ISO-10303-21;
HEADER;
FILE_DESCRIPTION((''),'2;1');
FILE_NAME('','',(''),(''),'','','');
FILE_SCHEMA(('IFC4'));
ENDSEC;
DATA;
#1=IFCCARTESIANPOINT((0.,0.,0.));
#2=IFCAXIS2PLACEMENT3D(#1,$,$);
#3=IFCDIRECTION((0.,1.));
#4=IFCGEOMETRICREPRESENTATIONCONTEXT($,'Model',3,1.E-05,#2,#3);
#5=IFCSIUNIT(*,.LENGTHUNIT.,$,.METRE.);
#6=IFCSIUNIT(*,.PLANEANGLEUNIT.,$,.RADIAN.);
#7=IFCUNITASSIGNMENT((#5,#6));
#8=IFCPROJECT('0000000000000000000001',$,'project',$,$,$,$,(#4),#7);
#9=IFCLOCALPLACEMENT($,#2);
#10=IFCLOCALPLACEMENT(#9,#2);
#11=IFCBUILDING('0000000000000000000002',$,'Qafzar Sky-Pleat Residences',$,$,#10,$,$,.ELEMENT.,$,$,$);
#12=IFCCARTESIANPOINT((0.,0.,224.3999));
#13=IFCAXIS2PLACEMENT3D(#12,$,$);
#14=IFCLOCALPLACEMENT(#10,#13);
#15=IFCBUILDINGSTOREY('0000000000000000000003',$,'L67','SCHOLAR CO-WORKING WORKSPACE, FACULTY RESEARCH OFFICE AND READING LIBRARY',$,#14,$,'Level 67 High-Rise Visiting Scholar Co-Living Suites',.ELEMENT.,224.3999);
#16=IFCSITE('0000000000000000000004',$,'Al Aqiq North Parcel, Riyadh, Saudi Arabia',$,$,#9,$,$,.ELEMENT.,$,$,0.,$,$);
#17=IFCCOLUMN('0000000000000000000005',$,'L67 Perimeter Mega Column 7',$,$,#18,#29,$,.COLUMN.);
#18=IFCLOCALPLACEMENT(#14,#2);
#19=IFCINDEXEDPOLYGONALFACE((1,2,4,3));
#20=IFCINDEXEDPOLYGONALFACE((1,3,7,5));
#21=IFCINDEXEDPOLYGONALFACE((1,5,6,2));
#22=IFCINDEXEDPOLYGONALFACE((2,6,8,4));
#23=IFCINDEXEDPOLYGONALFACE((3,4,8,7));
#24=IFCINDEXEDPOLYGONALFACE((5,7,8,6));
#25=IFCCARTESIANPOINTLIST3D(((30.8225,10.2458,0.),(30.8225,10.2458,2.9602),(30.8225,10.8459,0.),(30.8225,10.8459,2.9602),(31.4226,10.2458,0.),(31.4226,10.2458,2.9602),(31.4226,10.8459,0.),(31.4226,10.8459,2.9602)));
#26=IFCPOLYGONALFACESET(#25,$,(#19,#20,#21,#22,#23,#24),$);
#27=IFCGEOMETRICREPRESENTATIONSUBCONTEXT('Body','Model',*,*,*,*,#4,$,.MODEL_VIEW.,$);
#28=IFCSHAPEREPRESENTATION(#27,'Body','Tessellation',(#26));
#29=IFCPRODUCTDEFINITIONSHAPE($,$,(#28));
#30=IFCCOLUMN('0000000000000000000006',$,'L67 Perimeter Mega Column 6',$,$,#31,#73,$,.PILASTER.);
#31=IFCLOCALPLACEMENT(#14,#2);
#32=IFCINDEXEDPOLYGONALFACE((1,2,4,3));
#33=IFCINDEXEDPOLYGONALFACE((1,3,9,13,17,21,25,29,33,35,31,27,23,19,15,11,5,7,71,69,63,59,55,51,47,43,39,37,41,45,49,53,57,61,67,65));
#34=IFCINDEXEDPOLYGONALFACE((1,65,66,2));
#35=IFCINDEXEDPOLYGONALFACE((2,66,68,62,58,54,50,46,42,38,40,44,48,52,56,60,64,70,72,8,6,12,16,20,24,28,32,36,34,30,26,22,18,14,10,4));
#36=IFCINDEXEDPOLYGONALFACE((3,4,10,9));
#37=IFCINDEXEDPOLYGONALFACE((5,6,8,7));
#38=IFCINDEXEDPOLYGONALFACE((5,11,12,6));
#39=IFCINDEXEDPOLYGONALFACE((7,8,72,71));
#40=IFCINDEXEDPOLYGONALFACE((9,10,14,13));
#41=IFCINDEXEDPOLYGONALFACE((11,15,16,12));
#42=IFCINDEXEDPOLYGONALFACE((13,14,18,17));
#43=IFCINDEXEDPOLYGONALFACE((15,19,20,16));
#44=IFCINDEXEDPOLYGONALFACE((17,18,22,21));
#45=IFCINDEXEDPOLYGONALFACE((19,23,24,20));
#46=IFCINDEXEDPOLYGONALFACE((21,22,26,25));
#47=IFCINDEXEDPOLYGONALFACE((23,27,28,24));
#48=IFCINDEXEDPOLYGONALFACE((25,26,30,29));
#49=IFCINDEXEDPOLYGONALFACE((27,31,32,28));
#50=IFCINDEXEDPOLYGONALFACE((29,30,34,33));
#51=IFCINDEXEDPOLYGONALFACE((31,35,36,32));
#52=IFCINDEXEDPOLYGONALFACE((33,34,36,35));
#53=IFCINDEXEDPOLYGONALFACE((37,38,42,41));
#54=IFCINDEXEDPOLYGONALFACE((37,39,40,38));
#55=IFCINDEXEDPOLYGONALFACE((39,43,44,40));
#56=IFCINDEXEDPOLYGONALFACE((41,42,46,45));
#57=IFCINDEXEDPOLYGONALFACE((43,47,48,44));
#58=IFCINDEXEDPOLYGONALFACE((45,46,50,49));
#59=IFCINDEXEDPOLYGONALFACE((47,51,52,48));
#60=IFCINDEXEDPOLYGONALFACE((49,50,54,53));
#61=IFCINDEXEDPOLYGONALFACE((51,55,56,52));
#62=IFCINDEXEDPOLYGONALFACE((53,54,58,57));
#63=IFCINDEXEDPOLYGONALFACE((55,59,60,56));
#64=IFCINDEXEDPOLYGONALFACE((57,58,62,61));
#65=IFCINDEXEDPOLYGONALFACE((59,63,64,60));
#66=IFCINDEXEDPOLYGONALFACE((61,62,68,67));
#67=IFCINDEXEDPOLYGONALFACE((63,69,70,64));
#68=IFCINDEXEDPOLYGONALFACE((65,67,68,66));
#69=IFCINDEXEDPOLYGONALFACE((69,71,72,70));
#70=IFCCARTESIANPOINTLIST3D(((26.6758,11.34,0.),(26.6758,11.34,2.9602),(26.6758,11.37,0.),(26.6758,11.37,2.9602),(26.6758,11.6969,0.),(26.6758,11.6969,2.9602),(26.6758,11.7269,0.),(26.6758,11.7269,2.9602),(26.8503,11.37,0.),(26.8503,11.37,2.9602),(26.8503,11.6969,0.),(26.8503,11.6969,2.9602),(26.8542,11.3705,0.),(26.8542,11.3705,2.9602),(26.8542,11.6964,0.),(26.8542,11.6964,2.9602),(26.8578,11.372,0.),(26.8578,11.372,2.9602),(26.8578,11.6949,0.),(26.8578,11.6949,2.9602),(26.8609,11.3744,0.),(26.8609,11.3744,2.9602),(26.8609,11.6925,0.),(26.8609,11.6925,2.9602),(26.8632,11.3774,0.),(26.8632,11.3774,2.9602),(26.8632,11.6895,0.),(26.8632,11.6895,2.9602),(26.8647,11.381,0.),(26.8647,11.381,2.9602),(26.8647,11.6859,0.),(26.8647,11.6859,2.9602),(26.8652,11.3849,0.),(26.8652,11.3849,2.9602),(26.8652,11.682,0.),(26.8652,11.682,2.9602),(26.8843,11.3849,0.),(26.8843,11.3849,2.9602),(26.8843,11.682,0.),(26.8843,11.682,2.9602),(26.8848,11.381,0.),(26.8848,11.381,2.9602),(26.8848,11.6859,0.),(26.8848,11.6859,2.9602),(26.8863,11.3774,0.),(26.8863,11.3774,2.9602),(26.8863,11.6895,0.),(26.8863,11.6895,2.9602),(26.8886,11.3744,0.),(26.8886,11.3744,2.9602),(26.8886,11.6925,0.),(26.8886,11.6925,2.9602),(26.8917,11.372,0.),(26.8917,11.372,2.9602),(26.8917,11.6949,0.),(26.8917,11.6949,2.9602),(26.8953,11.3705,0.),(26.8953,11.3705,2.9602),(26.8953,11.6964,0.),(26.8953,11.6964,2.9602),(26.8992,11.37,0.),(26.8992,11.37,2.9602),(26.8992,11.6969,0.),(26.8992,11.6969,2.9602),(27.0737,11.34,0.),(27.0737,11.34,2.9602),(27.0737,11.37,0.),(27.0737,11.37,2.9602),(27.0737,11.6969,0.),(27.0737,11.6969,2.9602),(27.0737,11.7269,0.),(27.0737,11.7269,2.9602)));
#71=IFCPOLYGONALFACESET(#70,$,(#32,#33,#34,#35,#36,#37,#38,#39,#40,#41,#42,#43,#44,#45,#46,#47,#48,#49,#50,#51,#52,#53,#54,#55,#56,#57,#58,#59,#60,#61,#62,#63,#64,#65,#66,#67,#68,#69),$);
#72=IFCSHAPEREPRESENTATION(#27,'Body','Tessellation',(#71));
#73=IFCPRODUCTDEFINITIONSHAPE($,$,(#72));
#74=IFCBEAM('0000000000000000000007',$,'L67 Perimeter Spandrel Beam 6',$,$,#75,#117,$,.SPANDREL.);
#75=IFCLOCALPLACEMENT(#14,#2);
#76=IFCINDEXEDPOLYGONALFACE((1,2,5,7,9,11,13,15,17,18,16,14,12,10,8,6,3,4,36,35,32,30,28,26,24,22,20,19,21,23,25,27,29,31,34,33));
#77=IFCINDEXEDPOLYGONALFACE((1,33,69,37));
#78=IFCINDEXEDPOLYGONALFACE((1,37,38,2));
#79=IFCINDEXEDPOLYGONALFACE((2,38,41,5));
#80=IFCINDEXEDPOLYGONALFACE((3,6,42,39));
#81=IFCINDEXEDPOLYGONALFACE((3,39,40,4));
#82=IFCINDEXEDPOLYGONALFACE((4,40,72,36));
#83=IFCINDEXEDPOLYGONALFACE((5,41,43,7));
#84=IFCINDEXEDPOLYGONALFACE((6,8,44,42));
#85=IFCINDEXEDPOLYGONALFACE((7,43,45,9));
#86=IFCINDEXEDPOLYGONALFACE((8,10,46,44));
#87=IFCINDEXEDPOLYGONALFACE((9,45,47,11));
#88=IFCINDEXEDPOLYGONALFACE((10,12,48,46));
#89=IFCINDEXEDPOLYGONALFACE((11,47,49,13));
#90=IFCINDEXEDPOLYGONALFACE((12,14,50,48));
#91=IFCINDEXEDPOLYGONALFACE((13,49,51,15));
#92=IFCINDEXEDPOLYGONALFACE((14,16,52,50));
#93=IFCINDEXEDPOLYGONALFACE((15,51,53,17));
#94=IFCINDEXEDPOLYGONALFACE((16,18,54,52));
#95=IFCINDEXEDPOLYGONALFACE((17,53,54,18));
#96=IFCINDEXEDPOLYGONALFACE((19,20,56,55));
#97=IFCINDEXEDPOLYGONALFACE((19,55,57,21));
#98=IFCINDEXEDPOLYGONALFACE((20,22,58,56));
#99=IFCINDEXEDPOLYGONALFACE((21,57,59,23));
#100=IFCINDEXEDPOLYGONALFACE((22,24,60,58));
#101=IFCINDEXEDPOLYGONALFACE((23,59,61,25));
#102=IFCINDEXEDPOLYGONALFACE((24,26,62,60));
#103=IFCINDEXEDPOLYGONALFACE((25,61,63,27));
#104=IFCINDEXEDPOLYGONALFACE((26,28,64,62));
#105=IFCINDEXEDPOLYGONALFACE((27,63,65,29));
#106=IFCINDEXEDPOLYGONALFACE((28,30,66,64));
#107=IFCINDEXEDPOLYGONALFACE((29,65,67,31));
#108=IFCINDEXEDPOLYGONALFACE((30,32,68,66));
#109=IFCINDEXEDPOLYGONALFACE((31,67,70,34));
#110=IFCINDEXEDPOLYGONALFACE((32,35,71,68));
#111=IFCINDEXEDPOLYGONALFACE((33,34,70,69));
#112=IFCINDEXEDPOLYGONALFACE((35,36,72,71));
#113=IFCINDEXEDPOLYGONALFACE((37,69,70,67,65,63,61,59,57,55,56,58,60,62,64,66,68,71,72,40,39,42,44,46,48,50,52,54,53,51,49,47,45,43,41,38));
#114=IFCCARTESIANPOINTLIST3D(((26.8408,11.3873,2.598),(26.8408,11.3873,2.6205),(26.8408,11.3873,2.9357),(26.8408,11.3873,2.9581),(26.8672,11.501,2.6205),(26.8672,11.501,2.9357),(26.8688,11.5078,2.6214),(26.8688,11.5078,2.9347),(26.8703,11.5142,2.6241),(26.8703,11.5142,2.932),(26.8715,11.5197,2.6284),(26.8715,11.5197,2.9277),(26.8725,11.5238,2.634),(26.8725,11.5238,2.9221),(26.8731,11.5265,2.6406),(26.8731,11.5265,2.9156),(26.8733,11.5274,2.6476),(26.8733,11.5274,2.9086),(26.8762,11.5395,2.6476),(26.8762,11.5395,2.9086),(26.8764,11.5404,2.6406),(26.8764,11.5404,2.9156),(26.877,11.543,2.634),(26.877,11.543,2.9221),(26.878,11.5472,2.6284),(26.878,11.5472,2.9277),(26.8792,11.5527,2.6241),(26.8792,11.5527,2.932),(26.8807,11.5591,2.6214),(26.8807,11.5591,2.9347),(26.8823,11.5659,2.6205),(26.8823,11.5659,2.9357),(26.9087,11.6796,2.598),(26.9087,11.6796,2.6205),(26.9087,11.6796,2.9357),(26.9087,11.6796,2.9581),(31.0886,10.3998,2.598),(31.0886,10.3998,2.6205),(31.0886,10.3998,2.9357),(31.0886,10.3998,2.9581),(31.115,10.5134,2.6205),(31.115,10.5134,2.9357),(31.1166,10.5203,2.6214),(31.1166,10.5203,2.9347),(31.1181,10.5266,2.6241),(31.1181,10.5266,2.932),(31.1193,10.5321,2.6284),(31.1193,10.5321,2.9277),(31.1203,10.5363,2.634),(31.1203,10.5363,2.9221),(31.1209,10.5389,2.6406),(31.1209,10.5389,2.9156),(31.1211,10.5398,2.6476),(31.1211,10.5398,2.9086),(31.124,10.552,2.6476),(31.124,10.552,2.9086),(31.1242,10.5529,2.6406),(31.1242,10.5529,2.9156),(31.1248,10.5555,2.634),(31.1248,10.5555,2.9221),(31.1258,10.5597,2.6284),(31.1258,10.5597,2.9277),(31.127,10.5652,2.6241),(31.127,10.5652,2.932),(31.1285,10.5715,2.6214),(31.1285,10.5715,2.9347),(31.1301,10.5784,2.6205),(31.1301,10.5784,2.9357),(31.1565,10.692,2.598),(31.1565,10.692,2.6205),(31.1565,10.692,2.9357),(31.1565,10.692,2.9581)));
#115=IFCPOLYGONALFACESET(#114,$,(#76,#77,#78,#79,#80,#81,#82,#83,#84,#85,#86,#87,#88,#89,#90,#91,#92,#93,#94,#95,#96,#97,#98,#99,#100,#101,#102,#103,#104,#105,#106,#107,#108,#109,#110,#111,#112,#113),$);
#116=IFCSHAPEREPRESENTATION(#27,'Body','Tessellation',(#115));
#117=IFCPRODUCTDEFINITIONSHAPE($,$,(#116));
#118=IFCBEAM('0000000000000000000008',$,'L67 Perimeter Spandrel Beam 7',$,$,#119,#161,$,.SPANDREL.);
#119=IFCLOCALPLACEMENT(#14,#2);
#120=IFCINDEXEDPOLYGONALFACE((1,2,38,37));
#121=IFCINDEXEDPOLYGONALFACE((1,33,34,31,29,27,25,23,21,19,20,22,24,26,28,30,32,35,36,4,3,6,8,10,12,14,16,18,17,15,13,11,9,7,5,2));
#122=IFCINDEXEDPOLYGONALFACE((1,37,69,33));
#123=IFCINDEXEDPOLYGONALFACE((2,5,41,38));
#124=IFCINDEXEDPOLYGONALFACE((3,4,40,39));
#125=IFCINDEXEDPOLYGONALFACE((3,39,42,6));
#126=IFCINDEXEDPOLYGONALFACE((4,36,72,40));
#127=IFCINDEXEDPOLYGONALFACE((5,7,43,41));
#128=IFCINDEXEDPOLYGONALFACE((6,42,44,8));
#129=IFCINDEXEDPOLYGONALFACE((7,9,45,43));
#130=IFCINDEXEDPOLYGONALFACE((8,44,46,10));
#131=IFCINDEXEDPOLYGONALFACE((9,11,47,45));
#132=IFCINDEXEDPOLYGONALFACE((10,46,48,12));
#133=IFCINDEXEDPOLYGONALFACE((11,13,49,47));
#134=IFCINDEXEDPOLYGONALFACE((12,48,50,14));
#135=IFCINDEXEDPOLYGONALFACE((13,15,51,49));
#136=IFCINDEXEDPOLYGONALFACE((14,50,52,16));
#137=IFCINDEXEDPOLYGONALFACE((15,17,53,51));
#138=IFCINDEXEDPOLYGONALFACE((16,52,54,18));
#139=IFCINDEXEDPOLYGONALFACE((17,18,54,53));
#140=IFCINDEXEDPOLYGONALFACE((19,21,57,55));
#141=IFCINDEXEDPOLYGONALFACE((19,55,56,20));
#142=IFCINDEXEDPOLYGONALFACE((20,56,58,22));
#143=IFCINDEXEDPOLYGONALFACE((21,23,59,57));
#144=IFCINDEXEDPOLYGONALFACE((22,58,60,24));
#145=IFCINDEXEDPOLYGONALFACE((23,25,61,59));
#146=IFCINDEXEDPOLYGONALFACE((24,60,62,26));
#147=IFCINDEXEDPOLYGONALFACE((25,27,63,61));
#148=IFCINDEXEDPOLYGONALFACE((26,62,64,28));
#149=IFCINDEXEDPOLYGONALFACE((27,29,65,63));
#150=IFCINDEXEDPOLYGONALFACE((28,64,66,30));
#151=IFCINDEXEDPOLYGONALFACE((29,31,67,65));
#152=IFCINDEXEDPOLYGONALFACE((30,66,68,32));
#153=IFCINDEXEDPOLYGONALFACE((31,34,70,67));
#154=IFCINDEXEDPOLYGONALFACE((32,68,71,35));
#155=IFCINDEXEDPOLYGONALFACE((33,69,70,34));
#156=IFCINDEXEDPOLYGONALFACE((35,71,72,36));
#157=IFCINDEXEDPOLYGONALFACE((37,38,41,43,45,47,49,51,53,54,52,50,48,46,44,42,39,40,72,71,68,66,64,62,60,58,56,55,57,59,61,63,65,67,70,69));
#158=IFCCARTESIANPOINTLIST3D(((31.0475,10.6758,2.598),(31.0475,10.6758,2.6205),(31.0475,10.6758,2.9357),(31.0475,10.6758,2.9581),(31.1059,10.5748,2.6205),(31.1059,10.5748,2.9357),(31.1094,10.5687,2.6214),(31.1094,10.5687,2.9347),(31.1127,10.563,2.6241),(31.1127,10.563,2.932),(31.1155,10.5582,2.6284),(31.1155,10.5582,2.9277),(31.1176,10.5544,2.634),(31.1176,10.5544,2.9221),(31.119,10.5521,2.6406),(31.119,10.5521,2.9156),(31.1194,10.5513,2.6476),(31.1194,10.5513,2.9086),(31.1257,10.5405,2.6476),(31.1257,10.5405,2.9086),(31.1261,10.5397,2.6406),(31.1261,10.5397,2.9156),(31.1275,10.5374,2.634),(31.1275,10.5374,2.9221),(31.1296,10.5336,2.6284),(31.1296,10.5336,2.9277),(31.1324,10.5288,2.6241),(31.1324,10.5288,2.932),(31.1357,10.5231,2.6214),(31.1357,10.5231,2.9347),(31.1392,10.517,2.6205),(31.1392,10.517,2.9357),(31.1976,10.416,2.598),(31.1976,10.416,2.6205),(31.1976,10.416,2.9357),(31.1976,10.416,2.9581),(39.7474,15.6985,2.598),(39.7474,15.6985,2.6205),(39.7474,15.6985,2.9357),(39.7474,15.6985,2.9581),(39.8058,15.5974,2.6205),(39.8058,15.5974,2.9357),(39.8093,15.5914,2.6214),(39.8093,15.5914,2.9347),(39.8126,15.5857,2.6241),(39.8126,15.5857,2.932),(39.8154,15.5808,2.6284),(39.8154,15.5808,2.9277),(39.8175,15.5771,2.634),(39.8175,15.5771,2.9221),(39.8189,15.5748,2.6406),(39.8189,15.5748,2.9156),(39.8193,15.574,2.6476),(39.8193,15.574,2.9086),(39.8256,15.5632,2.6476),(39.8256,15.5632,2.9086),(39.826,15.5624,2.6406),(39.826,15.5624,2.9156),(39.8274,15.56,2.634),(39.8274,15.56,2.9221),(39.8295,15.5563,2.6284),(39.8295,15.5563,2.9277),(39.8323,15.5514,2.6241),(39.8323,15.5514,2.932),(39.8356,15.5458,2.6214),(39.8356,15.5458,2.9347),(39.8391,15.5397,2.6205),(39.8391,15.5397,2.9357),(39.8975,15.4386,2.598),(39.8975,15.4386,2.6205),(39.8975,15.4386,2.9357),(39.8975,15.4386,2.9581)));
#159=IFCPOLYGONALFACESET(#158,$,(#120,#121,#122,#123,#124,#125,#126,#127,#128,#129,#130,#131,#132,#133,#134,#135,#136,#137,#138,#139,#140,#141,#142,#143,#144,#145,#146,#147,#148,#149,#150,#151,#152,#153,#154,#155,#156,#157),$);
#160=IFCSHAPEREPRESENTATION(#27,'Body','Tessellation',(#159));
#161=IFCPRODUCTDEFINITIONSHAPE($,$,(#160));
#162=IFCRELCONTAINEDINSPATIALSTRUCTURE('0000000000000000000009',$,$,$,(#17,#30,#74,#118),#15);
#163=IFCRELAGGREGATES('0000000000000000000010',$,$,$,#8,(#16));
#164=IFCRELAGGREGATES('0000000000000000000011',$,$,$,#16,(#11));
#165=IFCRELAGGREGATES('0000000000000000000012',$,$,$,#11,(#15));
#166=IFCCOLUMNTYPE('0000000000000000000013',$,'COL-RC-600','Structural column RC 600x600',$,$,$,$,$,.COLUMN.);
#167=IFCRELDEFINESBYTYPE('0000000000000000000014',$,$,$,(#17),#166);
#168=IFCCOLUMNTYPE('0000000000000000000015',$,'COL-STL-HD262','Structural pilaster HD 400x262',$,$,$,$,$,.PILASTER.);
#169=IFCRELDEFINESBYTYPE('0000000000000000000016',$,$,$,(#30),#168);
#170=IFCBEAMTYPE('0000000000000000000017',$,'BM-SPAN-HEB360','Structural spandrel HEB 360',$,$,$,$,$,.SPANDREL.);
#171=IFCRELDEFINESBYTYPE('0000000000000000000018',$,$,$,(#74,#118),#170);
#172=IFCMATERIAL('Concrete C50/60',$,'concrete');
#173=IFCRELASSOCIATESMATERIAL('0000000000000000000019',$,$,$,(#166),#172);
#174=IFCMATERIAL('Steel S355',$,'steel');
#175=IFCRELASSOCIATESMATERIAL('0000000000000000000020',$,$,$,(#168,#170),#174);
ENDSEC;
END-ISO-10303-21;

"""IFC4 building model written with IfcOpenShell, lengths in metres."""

from ifc_helpers import new_model, si_unit, direction, frame, origin, origin_2d, place, context, subcontext, project, spatial, rectangle, i_section, extrude, source, transform, mapped, material, material_profile, profile_set, type_object, element, save


model = new_model("IFC4")

# Units and contexts
model_context = context("Model", 3, precision=1e-05, world=origin(), true_north=direction((0.0, 1.0)))
body_context = subcontext(model_context, "Body", "Model", "MODEL_VIEW")
ifc_project = project(units=[si_unit("LENGTHUNIT", "METRE"), si_unit("PLANEANGLEUNIT", "RADIAN")], contexts=[model_context])

# Site, building, storey
site_placement = place(None, origin())
site = spatial("IfcSite", under=ifc_project, at=site_placement, Name="Al Aqiq North Parcel, Riyadh, Saudi Arabia", CompositionType="ELEMENT", RefElevation=0.0)
building_placement = place(site_placement, origin())
building = spatial("IfcBuilding", under=site, at=building_placement, Name="Qafzar Sky-Pleat Residences", CompositionType="ELEMENT")
storey_placement = place(building_placement, frame((0.0, 0.0, 224.3999)))
storey = spatial("IfcBuildingStorey", under=building, at=storey_placement, Name="L67", Description="SCHOLAR CO-WORKING WORKSPACE, FACULTY RESEARCH OFFICE AND READING LIBRARY", LongName="Level 67 High-Rise Visiting Scholar Co-Living Suites", CompositionType="ELEMENT", Elevation=224.3999)

# Columns
ifc_material_1 = material(Name="Concrete C50/60", Category="concrete")
ifc_material_profile_1 = material_profile(ifc_material_1, rectangle(XDim=0.6001, YDim=0.6001, at=origin_2d()), Name="RC 600x600")
ifc_profile_set_1 = profile_set([ifc_material_profile_1], Name="Concrete C50/60")
column_type_1 = type_object("IfcColumnType", Name="COL-RC-600", Description="Structural column RC 600x600", PredefinedType="COLUMN", material=ifc_profile_set_1)
shared_shape_1 = source(origin(), body_context, "Body", "SweptSolid", [
    extrude(rectangle(XDim=0.6001, YDim=0.6001, at=origin_2d()), origin(), (0.0, 0.0, 1.0), 2.9602),
])
column_1_placement = place(storey_placement, frame((31.1226, 10.5459, 0.0), z_axis=(0.0, 0.0, 1.0), x_axis=(1.0, 0.0, 0.0)))
element("IfcColumn", 1, at=column_1_placement, inside=storey, type_object=column_type_1, Name="L67 Perimeter Mega Column 7", PredefinedType="COLUMN", context=body_context, shape_type="MappedRepresentation", body=[
    mapped(shared_shape_1, transform((0.0, 0.0, 0.0), x_axis=(1.0, 0.0, 0.0), y_axis=(0.0, 1.0, 0.0), z_axis=(0.0, 0.0, 1.0), scale=1.0)),
])
ifc_material_2 = material(Name="Steel S355", Category="steel")
ifc_material_profile_2 = material_profile(ifc_material_2, i_section(OverallWidth=0.3979, OverallDepth=0.387, WebThickness=0.019, FlangeThickness=0.03, FilletRadius=0.0149, at=origin_2d()), Name="HD 400x262")
ifc_profile_set_2 = profile_set([ifc_material_profile_2], Name="Steel S355")
column_type_2 = type_object("IfcColumnType", Name="COL-STL-HD262", Description="Structural pilaster HD 400x262", PredefinedType="PILASTER", material=ifc_profile_set_2)
shared_shape_2 = source(origin(), body_context, "Body", "SweptSolid", [
    extrude(i_section(OverallWidth=0.3979, OverallDepth=0.387, WebThickness=0.019, FlangeThickness=0.03, FilletRadius=0.0149, at=origin_2d()), origin(), (0.0, 0.0, 1.0), 2.9602),
])
column_2_placement = place(storey_placement, frame((26.8748, 11.5334, 0.0), z_axis=(0.0, 0.0, 1.0), x_axis=(1.0, 0.0, 0.0)))
element("IfcColumn", 2, at=column_2_placement, inside=storey, type_object=column_type_2, Name="L67 Perimeter Mega Column 6", PredefinedType="PILASTER", context=body_context, shape_type="MappedRepresentation", body=[
    mapped(shared_shape_2, transform((0.0, 0.0, 0.0), x_axis=(1.0, 0.0, 0.0), y_axis=(0.0, 1.0, 0.0), z_axis=(0.0, 0.0, 1.0), scale=1.0)),
])

# Beams
ifc_material_profile_3 = material_profile(ifc_material_2, i_section(OverallWidth=0.3, OverallDepth=0.3601, WebThickness=0.0125, FlangeThickness=0.0225, FilletRadius=0.0271, at=origin_2d()), Name="HEB 360")
ifc_profile_set_3 = profile_set([ifc_material_profile_3], Name="Steel S355")
beam_type_1 = type_object("IfcBeamType", Name="BM-SPAN-HEB360", Description="Structural spandrel HEB 360", PredefinedType="SPANDREL", material=ifc_profile_set_3)
shared_shape_3 = source(origin(), body_context, "Body", "SweptSolid", [
    extrude(i_section(OverallWidth=0.3, OverallDepth=0.3601, WebThickness=0.0125, FlangeThickness=0.0225, FilletRadius=0.0271, at=origin_2d()), origin(), (0.0, 0.0, 1.0), 4.3611),
])
beam_1_placement = place(storey_placement, frame((26.8748, 11.5334, 2.7781), z_axis=(0.974024, -0.226446, 0.0), x_axis=(0.226446, 0.974024, 0.0)))
element("IfcBeam", 3, at=beam_1_placement, inside=storey, type_object=beam_type_1, Name="L67 Perimeter Spandrel Beam 6", PredefinedType="SPANDREL", context=body_context, shape_type="MappedRepresentation", body=[
    mapped(shared_shape_3, transform((0.0, 0.0, 0.0), x_axis=(1.0, 0.0, 0.0), y_axis=(0.0, 1.0, 0.0), z_axis=(0.0, 0.0, 1.0), scale=1.0)),
])
shared_shape_4 = source(origin(), body_context, "Body", "SweptSolid", [
    extrude(i_section(OverallWidth=0.3, OverallDepth=0.3601, WebThickness=0.0125, FlangeThickness=0.0225, FilletRadius=0.0271, at=origin_2d()), origin(), (0.0, 0.0, 1.0), 10.0457),
])
beam_2_placement = place(storey_placement, frame((31.1226, 10.5459, 2.7781), z_axis=(0.866035, 0.499984, 0.0), x_axis=(-0.499984, 0.866035, 0.0)))
element("IfcBeam", 4, at=beam_2_placement, inside=storey, type_object=beam_type_1, Name="L67 Perimeter Spandrel Beam 7", PredefinedType="SPANDREL", context=body_context, shape_type="MappedRepresentation", body=[
    mapped(shared_shape_4, transform((0.0, 0.0, 0.0), x_axis=(1.0, 0.0, 0.0), y_axis=(0.0, 1.0, 0.0), z_axis=(0.0, 0.0, 1.0), scale=1.0)),
])

save(model, "model.ifc")
